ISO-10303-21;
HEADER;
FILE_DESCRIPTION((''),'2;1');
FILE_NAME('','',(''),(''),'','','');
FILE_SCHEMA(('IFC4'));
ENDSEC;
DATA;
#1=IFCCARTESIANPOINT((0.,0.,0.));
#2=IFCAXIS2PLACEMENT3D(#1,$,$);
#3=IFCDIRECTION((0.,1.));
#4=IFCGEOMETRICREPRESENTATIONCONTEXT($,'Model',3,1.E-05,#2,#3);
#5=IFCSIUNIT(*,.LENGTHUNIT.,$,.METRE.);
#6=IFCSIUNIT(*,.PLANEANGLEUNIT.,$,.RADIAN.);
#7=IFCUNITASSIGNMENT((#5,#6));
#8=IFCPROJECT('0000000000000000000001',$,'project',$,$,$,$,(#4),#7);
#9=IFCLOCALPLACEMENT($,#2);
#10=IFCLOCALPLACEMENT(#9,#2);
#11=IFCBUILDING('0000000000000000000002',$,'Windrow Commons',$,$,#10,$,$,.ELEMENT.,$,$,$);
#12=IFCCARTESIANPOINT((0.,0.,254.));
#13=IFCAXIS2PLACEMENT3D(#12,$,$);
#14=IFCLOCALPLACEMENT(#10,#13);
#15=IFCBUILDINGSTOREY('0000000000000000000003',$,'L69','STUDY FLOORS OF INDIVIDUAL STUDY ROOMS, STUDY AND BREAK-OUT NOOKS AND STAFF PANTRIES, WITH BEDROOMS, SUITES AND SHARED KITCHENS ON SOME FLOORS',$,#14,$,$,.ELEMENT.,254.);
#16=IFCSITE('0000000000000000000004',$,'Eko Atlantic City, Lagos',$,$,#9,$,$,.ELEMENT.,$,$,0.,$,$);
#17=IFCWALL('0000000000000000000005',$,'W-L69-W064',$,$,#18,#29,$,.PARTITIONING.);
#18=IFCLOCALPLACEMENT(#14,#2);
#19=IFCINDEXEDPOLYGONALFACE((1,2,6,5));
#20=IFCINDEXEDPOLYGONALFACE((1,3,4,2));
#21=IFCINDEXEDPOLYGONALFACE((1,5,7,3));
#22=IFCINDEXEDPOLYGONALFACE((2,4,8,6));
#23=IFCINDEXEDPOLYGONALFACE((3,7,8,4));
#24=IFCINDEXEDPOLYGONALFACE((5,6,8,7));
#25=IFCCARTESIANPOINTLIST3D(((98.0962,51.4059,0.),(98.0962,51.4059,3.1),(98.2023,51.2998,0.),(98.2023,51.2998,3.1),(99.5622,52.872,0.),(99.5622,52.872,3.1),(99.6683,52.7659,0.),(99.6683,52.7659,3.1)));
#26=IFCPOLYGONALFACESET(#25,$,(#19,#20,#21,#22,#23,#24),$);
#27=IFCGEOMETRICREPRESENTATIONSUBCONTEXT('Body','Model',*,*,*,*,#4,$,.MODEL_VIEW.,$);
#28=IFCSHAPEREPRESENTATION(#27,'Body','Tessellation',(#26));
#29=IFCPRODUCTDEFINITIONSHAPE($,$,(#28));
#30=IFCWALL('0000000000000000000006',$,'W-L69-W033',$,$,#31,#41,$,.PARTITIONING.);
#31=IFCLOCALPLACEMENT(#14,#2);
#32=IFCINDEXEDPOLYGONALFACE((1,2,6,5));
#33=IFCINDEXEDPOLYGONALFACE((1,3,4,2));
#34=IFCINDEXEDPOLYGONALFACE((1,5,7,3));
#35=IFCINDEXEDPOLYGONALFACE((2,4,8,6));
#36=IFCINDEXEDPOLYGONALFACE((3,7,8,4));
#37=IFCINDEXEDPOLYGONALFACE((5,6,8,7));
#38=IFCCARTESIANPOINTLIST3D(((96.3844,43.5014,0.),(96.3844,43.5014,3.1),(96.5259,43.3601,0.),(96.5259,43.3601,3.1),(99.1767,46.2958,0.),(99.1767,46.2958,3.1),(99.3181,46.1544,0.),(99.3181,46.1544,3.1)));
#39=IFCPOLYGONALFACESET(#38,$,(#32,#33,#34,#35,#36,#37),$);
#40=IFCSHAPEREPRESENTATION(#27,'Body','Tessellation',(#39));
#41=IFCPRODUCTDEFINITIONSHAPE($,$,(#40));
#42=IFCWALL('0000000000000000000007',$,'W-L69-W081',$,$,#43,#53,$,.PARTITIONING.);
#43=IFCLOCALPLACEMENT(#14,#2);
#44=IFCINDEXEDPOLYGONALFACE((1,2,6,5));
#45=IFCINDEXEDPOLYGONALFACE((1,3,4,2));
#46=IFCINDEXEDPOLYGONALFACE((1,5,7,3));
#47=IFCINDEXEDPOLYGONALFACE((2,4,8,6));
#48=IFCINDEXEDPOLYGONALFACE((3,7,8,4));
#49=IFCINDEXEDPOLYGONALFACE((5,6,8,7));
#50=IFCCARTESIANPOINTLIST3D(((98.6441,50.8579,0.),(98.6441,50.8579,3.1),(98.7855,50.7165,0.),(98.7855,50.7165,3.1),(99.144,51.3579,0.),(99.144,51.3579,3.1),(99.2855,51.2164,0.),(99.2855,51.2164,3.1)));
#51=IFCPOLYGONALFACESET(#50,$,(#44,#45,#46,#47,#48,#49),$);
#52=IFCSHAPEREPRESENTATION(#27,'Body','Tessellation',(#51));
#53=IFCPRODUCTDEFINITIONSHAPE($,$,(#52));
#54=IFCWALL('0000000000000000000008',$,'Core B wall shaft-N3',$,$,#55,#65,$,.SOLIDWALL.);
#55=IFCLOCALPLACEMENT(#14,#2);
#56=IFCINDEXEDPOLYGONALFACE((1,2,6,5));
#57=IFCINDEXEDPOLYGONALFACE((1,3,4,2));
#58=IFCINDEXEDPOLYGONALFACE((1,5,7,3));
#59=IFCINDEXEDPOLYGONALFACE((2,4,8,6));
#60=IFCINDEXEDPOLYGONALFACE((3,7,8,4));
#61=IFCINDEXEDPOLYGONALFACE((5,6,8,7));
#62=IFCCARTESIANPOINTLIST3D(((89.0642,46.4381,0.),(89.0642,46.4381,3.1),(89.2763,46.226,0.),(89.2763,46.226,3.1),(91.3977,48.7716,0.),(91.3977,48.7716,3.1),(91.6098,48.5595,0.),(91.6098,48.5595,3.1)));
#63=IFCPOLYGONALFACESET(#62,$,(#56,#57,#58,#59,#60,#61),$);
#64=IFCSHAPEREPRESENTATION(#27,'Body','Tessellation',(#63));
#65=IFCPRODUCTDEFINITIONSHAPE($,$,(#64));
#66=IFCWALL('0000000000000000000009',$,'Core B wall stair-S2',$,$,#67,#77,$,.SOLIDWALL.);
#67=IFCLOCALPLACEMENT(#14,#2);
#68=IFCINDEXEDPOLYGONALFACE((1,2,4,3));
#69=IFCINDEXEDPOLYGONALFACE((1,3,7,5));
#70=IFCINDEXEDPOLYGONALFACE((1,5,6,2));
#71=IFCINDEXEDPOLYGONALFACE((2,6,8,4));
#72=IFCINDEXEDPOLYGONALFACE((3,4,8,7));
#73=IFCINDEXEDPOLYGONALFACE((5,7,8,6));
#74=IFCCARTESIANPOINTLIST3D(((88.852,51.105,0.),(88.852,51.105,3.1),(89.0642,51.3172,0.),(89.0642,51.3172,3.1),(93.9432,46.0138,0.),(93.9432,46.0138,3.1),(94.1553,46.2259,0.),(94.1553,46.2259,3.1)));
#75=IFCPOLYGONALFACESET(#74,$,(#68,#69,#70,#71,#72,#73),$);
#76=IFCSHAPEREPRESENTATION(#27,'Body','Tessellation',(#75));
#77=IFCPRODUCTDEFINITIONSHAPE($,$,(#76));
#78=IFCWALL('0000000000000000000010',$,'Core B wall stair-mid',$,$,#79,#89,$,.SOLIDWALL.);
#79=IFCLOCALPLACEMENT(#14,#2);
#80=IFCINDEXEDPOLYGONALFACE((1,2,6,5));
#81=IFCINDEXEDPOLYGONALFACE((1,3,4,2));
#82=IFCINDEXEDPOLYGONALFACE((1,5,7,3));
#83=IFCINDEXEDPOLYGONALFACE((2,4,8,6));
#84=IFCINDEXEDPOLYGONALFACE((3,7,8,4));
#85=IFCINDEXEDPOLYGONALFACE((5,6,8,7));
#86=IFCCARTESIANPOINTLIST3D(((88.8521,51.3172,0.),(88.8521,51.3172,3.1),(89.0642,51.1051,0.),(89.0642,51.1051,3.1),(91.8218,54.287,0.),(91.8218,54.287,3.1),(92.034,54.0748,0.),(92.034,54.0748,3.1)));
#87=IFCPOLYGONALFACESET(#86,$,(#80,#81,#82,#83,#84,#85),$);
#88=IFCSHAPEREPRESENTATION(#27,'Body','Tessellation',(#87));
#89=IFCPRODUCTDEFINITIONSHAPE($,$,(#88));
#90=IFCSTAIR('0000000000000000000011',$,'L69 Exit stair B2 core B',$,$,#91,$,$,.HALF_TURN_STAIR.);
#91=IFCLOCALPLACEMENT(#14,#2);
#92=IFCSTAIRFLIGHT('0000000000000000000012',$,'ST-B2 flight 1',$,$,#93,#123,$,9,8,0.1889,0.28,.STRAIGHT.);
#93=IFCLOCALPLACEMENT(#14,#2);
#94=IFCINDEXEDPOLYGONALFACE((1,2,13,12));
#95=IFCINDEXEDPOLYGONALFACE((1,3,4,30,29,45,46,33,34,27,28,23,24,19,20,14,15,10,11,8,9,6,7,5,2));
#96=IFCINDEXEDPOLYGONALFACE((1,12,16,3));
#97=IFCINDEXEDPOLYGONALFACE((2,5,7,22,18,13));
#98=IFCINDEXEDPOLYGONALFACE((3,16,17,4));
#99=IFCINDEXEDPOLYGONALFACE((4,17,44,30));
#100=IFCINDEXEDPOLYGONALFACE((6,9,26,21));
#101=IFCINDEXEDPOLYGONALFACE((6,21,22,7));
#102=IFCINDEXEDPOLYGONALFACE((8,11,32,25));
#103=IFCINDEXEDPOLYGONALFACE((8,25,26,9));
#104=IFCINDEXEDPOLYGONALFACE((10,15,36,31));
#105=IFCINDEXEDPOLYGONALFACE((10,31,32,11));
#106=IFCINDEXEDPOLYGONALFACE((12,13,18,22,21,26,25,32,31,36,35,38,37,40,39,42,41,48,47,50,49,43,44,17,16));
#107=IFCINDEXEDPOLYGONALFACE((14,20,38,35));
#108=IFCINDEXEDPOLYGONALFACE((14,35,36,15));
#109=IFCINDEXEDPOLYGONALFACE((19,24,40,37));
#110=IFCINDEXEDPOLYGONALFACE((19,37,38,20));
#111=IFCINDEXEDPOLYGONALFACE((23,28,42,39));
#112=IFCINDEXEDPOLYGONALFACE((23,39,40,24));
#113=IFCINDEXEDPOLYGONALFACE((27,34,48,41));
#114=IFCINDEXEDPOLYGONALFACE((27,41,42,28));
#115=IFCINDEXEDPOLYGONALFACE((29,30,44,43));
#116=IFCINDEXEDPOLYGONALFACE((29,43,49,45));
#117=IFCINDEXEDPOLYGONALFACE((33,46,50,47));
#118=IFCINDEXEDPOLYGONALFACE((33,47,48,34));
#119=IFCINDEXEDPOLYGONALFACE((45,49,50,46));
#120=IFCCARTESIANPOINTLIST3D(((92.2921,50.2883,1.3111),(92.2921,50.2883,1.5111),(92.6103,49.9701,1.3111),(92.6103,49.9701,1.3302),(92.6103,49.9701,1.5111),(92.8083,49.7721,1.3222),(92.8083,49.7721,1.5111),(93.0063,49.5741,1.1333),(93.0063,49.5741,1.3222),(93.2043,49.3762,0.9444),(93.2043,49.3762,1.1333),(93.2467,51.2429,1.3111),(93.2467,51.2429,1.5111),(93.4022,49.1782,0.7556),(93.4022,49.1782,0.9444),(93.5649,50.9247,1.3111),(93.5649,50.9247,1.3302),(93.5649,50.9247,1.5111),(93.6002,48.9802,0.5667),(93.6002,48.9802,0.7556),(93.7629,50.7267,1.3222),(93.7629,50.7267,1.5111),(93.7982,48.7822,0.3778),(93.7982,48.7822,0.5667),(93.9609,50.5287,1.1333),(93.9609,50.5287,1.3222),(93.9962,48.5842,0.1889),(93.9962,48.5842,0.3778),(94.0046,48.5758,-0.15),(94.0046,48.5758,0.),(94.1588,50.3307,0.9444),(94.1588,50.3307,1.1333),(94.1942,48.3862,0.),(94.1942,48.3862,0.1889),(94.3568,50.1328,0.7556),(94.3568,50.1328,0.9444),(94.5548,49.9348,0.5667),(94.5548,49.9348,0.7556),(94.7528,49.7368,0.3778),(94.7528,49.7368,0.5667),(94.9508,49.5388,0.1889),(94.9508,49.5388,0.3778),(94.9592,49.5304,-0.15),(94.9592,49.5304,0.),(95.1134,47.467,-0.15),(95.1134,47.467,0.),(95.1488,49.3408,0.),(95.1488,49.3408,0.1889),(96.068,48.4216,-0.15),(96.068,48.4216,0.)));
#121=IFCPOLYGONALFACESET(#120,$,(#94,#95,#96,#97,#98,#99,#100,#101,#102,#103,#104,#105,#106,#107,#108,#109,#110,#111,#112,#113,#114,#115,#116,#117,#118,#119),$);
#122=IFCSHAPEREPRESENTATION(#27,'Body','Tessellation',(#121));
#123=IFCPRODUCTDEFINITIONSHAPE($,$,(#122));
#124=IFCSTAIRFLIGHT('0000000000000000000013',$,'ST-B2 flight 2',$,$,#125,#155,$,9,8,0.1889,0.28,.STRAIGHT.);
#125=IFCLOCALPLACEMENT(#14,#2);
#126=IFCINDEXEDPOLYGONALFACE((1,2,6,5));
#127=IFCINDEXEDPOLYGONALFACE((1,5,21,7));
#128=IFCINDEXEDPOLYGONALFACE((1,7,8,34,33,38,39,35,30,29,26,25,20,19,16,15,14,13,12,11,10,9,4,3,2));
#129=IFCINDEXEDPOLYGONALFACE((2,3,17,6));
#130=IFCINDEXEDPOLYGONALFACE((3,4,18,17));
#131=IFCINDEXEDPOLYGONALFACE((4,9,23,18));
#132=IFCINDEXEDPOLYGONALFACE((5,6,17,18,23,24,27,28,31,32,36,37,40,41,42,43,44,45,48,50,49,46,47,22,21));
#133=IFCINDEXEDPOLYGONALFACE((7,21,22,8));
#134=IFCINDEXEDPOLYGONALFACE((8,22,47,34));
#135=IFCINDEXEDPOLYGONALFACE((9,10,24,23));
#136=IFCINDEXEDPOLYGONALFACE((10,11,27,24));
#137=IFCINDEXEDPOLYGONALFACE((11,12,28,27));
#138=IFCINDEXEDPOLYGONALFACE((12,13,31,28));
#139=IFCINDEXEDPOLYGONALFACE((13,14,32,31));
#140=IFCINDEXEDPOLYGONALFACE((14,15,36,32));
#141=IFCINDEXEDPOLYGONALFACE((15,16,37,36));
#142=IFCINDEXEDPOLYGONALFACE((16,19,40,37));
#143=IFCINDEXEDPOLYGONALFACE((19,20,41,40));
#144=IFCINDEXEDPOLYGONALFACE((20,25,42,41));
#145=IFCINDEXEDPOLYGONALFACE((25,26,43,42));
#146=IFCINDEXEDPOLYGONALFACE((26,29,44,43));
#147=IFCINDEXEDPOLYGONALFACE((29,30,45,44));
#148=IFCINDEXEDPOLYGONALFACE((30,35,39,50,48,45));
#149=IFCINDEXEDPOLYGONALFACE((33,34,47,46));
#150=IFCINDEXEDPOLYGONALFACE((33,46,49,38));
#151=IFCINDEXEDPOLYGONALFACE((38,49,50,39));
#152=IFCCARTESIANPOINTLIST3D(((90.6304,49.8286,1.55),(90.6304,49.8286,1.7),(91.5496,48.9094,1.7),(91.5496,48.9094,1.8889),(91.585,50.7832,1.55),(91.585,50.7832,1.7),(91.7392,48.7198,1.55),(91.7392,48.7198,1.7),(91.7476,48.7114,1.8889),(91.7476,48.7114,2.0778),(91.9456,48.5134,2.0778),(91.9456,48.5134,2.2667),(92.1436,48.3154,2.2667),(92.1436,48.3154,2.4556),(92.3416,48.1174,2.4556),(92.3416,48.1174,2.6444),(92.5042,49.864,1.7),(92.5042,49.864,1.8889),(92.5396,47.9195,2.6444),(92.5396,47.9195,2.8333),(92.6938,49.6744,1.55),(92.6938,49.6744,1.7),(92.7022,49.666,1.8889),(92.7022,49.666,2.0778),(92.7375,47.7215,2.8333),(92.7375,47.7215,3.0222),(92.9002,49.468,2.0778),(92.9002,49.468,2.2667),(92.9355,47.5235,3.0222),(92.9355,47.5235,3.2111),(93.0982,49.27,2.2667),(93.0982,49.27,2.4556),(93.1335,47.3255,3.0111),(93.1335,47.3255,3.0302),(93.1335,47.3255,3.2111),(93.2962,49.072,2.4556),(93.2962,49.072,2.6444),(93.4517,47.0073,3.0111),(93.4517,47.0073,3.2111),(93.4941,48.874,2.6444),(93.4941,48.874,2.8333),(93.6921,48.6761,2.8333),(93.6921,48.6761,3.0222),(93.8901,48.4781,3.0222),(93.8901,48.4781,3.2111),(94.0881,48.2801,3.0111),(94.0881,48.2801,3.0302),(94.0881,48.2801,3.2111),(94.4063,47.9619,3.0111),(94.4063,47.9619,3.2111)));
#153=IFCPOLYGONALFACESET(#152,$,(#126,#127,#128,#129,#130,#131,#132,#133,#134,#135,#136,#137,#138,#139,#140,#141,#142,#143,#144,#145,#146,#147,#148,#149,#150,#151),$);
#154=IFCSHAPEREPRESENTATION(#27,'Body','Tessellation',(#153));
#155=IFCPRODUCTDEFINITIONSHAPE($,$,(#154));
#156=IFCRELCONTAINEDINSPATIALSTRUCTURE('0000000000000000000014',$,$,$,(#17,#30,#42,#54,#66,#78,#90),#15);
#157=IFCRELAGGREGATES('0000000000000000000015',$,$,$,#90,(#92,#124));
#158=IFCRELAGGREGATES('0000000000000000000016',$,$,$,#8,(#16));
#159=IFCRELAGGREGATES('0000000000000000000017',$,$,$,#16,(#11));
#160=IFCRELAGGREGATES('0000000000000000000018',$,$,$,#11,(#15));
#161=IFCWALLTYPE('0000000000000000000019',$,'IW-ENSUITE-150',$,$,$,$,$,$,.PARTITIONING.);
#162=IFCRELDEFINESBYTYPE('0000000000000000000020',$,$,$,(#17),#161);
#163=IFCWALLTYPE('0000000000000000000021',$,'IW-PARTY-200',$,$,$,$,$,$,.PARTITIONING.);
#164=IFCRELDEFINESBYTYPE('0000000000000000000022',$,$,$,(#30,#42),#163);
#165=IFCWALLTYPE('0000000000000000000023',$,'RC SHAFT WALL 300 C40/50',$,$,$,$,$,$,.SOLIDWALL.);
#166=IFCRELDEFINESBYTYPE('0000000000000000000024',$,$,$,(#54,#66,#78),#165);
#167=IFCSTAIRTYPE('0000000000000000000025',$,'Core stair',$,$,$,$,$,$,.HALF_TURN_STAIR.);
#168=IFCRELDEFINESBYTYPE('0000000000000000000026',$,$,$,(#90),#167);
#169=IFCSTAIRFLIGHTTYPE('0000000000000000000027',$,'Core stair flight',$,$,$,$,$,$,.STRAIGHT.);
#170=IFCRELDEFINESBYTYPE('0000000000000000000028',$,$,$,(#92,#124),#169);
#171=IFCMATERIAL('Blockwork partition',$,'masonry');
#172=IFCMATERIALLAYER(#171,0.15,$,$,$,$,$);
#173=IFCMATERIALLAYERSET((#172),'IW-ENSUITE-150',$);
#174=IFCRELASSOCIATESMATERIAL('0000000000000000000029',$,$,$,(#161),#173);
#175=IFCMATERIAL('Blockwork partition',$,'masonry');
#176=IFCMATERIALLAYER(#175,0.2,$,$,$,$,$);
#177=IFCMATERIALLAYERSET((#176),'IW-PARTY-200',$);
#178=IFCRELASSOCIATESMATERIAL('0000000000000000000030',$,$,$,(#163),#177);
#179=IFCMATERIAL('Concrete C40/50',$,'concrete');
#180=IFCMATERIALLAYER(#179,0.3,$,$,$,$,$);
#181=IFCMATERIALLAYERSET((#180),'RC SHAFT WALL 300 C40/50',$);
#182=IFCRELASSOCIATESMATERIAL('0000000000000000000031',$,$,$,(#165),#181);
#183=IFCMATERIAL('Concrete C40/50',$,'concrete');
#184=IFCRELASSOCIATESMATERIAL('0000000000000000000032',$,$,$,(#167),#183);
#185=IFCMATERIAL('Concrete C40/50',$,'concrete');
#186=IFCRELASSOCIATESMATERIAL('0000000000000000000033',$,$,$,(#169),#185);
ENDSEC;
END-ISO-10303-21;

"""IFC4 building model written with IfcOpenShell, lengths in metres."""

from ifc_helpers import new_model, si_unit, direction, frame, frame_2d, origin, place, context, subcontext, project, spatial, polyline, rectangle, outline, extrude, material, layer, layer_set, type_object, element, aggregate, save


model = new_model("IFC4")

# Units and contexts
model_context = context("Model", 3, precision=1e-05, world=origin(), true_north=direction((0.0, 1.0)))
body_context = subcontext(model_context, "Body", "Model", "MODEL_VIEW")
ifc_project = project(units=[si_unit("LENGTHUNIT", "METRE"), si_unit("PLANEANGLEUNIT", "RADIAN")], contexts=[model_context])

# Site, building, storey
site_placement = place(None, origin())
site = spatial("IfcSite", under=ifc_project, at=site_placement, Name="Eko Atlantic City, Lagos", CompositionType="ELEMENT", RefElevation=0.0)
building_placement = place(site_placement, origin())
building = spatial("IfcBuilding", under=site, at=building_placement, Name="Windrow Commons", CompositionType="ELEMENT")
storey_placement = place(building_placement, frame((0.0, 0.0, 254.0)))
storey = spatial("IfcBuildingStorey", under=building, at=storey_placement, Name="L69", Description="STUDY FLOORS OF INDIVIDUAL STUDY ROOMS, STUDY AND BREAK-OUT NOOKS AND STAFF PANTRIES, WITH BEDROOMS, SUITES AND SHARED KITCHENS ON SOME FLOORS", CompositionType="ELEMENT", Elevation=254.0)

# Walls
ifc_material_1 = material(Name="Blockwork partition", Category="masonry")
ifc_layer_1 = layer(ifc_material_1, 0.15)
ifc_layer_set_1 = layer_set([ifc_layer_1], Name="IW-ENSUITE-150")
wall_type_1 = type_object("IfcWallType", Name="IW-ENSUITE-150", PredefinedType="PARTITIONING", material=ifc_layer_set_1)
wall_1_placement = place(storey_placement, frame((98.1492, 51.3528, 0.0), z_axis=(0.0, 0.0, 1.0), x_axis=(0.707083, 0.707131, 0.0)))
element("IfcWall", 1, at=wall_1_placement, inside=storey, type_object=wall_type_1, Name="W-L69-W064", PredefinedType="PARTITIONING", context=body_context, shape_type="SweptSolid", body=[
    extrude(rectangle(XDim=2.0733, YDim=0.15, at=frame_2d((1.0367, 0.0))), origin(), (0.0, 0.0, 1.0), 3.1),
])
ifc_material_2 = material(Name="Blockwork partition", Category="masonry")
ifc_layer_2 = layer(ifc_material_2, 0.2)
ifc_layer_set_2 = layer_set([ifc_layer_2], Name="IW-PARTY-200")
wall_type_2 = type_object("IfcWallType", Name="IW-PARTY-200", PredefinedType="PARTITIONING", material=ifc_layer_set_2)
wall_2_placement = place(storey_placement, frame((96.4552, 43.4308, 0.0), z_axis=(0.0, 0.0, 1.0), x_axis=(0.706841, 0.707373, 0.0)))
element("IfcWall", 2, at=wall_2_placement, inside=storey, type_object=wall_type_2, Name="W-L69-W033", PredefinedType="PARTITIONING", context=body_context, shape_type="SweptSolid", body=[
    extrude(rectangle(XDim=3.9503, YDim=0.2, at=frame_2d((1.9751, 0.0))), origin(), (0.0, 0.0, 1.0), 3.1),
])
wall_3_placement = place(storey_placement, frame((98.7148, 50.7872, 0.0), z_axis=(0.0, 0.0, 1.0), x_axis=(0.707107, 0.707107, 0.0)))
element("IfcWall", 3, at=wall_3_placement, inside=storey, type_object=wall_type_2, Name="W-L69-W081", PredefinedType="PARTITIONING", context=body_context, shape_type="SweptSolid", body=[
    extrude(rectangle(XDim=0.7071, YDim=0.2, at=frame_2d((0.3535, 0.0))), origin(), (0.0, 0.0, 1.0), 3.1),
])
ifc_material_3 = material(Name="Concrete C40/50", Category="concrete")
ifc_layer_3 = layer(ifc_material_3, 0.3)
ifc_layer_set_3 = layer_set([ifc_layer_3], Name="RC SHAFT WALL 300 C40/50")
wall_type_3 = type_object("IfcWallType", Name="RC SHAFT WALL 300 C40/50", PredefinedType="SOLIDWALL", material=ifc_layer_set_3)
wall_4_placement = place(storey_placement, frame((89.1702, 46.332, 0.0), z_axis=(0.0, 0.0, 1.0), x_axis=(0.707107, 0.707107, 0.0)))
element("IfcWall", 4, at=wall_4_placement, inside=storey, type_object=wall_type_3, Name="Core B wall shaft-N3", PredefinedType="SOLIDWALL", context=body_context, shape_type="SweptSolid", body=[
    extrude(rectangle(XDim=3.3001, YDim=0.3, at=frame_2d((1.6501, 0.0))), origin(), (0.0, 0.0, 1.0), 3.1),
])
wall_5_placement = place(storey_placement, frame((88.9581, 51.2111, 0.0), z_axis=(0.0, 0.0, 1.0), x_axis=(0.7071, -0.707114, 0.0)))
element("IfcWall", 5, at=wall_5_placement, inside=storey, type_object=wall_type_3, Name="Core B wall stair-S2", PredefinedType="SOLIDWALL", context=body_context, shape_type="SweptSolid", body=[
    extrude(rectangle(XDim=7.2, YDim=0.3, at=frame_2d((3.6, 0.0))), origin(), (0.0, 0.0, 1.0), 3.1),
])
wall_6_placement = place(storey_placement, frame((88.9581, 51.2111, 0.0), z_axis=(0.0, 0.0, 1.0), x_axis=(0.707107, 0.707107, 0.0)))
element("IfcWall", 6, at=wall_6_placement, inside=storey, type_object=wall_type_3, Name="Core B wall stair-mid", PredefinedType="SOLIDWALL", context=body_context, shape_type="SweptSolid", body=[
    extrude(rectangle(XDim=4.1999, YDim=0.3, at=frame_2d((2.1, 0.0))), origin(), (0.0, 0.0, 1.0), 3.1),
])

# Stair, stair flights
ifc_material_4 = material(Name="Concrete C40/50", Category="concrete")
stair_type = type_object("IfcStairType", Name="Core stair", PredefinedType="HALF_TURN_STAIR", material=ifc_material_4)
stair_placement = place(storey_placement, origin())
stair = element("IfcStair", 7, at=stair_placement, inside=storey, type_object=stair_type, Name="L69 Exit stair B2 core B", PredefinedType="HALF_TURN_STAIR")
ifc_material_5 = material(Name="Concrete C40/50", Category="concrete")
stair_flight_type = type_object("IfcStairFlightType", Name="Core stair flight", PredefinedType="STRAIGHT", material=ifc_material_5)
stair_flight_1_placement = place(storey_placement, frame((94.6715, 48.8635, 0.0), z_axis=(0.0, 0.0, 1.0), x_axis=(-0.707107, 0.707107, 0.0)))
stair_flight_1 = element("IfcStairFlight", 8, at=stair_flight_1_placement, type_object=stair_flight_type, Name="ST-B2 flight 1", NumberOfRisers=9, NumberOfTreads=8, PredefinedType="STRAIGHT", RiserHeight=0.1889, TreadLength=0.28, context=body_context, shape_type="SweptSolid", body=[
    extrude(outline(polyline([(-1.3, -0.15), (-1.3, 0.0), (0.0, 0.0), (0.0, 0.1889), (0.28, 0.1889), (0.28, 0.3778), (0.56, 0.3778), (0.56, 0.5667), (0.84, 0.5667), (0.84, 0.7556), (1.12, 0.7556), (1.12, 0.9444), (1.4, 0.9444), (1.4, 1.1333), (1.68, 1.1333), (1.68, 1.3222), (1.96, 1.3222), (1.96, 1.5111), (2.24, 1.5111), (2.69, 1.5111), (2.69, 1.3111), (2.24, 1.3111), (2.24, 1.3302), (0.2682, 0.0), (0.2682, -0.15), (-1.3, -0.15)])), frame((0.0, 0.675, 0.0), z_axis=(0.0, -1.0, 0.0), x_axis=(1.0, 0.0, 0.0)), (0.0, 0.0, 1.0), 1.35),
])
stair_flight_2_placement = place(storey_placement, frame((92.0269, 49.3867, 1.7), z_axis=(0.0, 0.0, 1.0), x_axis=(0.707107, -0.707107, 0.0)))
stair_flight_2 = element("IfcStairFlight", 9, at=stair_flight_2_placement, type_object=stair_flight_type, Name="ST-B2 flight 2", NumberOfRisers=9, NumberOfTreads=8, PredefinedType="STRAIGHT", RiserHeight=0.1889, TreadLength=0.28, context=body_context, shape_type="SweptSolid", body=[
    extrude(outline(polyline([(-1.3, -0.15), (-1.3, 0.0), (0.0, 0.0), (0.0, 0.1889), (0.28, 0.1889), (0.28, 0.3778), (0.56, 0.3778), (0.56, 0.5667), (0.84, 0.5667), (0.84, 0.7556), (1.12, 0.7556), (1.12, 0.9444), (1.4, 0.9444), (1.4, 1.1333), (1.68, 1.1333), (1.68, 1.3222), (1.96, 1.3222), (1.96, 1.5111), (2.24, 1.5111), (2.69, 1.5111), (2.69, 1.3111), (2.24, 1.3111), (2.24, 1.3302), (0.2682, 0.0), (0.2682, -0.15), (-1.3, -0.15)])), frame((0.0, 0.675, 0.0), z_axis=(0.0, -1.0, 0.0), x_axis=(1.0, 0.0, 0.0)), (0.0, 0.0, 1.0), 1.35),
])
aggregate(stair, [stair_flight_1, stair_flight_2])

save(model, "model.ifc")
